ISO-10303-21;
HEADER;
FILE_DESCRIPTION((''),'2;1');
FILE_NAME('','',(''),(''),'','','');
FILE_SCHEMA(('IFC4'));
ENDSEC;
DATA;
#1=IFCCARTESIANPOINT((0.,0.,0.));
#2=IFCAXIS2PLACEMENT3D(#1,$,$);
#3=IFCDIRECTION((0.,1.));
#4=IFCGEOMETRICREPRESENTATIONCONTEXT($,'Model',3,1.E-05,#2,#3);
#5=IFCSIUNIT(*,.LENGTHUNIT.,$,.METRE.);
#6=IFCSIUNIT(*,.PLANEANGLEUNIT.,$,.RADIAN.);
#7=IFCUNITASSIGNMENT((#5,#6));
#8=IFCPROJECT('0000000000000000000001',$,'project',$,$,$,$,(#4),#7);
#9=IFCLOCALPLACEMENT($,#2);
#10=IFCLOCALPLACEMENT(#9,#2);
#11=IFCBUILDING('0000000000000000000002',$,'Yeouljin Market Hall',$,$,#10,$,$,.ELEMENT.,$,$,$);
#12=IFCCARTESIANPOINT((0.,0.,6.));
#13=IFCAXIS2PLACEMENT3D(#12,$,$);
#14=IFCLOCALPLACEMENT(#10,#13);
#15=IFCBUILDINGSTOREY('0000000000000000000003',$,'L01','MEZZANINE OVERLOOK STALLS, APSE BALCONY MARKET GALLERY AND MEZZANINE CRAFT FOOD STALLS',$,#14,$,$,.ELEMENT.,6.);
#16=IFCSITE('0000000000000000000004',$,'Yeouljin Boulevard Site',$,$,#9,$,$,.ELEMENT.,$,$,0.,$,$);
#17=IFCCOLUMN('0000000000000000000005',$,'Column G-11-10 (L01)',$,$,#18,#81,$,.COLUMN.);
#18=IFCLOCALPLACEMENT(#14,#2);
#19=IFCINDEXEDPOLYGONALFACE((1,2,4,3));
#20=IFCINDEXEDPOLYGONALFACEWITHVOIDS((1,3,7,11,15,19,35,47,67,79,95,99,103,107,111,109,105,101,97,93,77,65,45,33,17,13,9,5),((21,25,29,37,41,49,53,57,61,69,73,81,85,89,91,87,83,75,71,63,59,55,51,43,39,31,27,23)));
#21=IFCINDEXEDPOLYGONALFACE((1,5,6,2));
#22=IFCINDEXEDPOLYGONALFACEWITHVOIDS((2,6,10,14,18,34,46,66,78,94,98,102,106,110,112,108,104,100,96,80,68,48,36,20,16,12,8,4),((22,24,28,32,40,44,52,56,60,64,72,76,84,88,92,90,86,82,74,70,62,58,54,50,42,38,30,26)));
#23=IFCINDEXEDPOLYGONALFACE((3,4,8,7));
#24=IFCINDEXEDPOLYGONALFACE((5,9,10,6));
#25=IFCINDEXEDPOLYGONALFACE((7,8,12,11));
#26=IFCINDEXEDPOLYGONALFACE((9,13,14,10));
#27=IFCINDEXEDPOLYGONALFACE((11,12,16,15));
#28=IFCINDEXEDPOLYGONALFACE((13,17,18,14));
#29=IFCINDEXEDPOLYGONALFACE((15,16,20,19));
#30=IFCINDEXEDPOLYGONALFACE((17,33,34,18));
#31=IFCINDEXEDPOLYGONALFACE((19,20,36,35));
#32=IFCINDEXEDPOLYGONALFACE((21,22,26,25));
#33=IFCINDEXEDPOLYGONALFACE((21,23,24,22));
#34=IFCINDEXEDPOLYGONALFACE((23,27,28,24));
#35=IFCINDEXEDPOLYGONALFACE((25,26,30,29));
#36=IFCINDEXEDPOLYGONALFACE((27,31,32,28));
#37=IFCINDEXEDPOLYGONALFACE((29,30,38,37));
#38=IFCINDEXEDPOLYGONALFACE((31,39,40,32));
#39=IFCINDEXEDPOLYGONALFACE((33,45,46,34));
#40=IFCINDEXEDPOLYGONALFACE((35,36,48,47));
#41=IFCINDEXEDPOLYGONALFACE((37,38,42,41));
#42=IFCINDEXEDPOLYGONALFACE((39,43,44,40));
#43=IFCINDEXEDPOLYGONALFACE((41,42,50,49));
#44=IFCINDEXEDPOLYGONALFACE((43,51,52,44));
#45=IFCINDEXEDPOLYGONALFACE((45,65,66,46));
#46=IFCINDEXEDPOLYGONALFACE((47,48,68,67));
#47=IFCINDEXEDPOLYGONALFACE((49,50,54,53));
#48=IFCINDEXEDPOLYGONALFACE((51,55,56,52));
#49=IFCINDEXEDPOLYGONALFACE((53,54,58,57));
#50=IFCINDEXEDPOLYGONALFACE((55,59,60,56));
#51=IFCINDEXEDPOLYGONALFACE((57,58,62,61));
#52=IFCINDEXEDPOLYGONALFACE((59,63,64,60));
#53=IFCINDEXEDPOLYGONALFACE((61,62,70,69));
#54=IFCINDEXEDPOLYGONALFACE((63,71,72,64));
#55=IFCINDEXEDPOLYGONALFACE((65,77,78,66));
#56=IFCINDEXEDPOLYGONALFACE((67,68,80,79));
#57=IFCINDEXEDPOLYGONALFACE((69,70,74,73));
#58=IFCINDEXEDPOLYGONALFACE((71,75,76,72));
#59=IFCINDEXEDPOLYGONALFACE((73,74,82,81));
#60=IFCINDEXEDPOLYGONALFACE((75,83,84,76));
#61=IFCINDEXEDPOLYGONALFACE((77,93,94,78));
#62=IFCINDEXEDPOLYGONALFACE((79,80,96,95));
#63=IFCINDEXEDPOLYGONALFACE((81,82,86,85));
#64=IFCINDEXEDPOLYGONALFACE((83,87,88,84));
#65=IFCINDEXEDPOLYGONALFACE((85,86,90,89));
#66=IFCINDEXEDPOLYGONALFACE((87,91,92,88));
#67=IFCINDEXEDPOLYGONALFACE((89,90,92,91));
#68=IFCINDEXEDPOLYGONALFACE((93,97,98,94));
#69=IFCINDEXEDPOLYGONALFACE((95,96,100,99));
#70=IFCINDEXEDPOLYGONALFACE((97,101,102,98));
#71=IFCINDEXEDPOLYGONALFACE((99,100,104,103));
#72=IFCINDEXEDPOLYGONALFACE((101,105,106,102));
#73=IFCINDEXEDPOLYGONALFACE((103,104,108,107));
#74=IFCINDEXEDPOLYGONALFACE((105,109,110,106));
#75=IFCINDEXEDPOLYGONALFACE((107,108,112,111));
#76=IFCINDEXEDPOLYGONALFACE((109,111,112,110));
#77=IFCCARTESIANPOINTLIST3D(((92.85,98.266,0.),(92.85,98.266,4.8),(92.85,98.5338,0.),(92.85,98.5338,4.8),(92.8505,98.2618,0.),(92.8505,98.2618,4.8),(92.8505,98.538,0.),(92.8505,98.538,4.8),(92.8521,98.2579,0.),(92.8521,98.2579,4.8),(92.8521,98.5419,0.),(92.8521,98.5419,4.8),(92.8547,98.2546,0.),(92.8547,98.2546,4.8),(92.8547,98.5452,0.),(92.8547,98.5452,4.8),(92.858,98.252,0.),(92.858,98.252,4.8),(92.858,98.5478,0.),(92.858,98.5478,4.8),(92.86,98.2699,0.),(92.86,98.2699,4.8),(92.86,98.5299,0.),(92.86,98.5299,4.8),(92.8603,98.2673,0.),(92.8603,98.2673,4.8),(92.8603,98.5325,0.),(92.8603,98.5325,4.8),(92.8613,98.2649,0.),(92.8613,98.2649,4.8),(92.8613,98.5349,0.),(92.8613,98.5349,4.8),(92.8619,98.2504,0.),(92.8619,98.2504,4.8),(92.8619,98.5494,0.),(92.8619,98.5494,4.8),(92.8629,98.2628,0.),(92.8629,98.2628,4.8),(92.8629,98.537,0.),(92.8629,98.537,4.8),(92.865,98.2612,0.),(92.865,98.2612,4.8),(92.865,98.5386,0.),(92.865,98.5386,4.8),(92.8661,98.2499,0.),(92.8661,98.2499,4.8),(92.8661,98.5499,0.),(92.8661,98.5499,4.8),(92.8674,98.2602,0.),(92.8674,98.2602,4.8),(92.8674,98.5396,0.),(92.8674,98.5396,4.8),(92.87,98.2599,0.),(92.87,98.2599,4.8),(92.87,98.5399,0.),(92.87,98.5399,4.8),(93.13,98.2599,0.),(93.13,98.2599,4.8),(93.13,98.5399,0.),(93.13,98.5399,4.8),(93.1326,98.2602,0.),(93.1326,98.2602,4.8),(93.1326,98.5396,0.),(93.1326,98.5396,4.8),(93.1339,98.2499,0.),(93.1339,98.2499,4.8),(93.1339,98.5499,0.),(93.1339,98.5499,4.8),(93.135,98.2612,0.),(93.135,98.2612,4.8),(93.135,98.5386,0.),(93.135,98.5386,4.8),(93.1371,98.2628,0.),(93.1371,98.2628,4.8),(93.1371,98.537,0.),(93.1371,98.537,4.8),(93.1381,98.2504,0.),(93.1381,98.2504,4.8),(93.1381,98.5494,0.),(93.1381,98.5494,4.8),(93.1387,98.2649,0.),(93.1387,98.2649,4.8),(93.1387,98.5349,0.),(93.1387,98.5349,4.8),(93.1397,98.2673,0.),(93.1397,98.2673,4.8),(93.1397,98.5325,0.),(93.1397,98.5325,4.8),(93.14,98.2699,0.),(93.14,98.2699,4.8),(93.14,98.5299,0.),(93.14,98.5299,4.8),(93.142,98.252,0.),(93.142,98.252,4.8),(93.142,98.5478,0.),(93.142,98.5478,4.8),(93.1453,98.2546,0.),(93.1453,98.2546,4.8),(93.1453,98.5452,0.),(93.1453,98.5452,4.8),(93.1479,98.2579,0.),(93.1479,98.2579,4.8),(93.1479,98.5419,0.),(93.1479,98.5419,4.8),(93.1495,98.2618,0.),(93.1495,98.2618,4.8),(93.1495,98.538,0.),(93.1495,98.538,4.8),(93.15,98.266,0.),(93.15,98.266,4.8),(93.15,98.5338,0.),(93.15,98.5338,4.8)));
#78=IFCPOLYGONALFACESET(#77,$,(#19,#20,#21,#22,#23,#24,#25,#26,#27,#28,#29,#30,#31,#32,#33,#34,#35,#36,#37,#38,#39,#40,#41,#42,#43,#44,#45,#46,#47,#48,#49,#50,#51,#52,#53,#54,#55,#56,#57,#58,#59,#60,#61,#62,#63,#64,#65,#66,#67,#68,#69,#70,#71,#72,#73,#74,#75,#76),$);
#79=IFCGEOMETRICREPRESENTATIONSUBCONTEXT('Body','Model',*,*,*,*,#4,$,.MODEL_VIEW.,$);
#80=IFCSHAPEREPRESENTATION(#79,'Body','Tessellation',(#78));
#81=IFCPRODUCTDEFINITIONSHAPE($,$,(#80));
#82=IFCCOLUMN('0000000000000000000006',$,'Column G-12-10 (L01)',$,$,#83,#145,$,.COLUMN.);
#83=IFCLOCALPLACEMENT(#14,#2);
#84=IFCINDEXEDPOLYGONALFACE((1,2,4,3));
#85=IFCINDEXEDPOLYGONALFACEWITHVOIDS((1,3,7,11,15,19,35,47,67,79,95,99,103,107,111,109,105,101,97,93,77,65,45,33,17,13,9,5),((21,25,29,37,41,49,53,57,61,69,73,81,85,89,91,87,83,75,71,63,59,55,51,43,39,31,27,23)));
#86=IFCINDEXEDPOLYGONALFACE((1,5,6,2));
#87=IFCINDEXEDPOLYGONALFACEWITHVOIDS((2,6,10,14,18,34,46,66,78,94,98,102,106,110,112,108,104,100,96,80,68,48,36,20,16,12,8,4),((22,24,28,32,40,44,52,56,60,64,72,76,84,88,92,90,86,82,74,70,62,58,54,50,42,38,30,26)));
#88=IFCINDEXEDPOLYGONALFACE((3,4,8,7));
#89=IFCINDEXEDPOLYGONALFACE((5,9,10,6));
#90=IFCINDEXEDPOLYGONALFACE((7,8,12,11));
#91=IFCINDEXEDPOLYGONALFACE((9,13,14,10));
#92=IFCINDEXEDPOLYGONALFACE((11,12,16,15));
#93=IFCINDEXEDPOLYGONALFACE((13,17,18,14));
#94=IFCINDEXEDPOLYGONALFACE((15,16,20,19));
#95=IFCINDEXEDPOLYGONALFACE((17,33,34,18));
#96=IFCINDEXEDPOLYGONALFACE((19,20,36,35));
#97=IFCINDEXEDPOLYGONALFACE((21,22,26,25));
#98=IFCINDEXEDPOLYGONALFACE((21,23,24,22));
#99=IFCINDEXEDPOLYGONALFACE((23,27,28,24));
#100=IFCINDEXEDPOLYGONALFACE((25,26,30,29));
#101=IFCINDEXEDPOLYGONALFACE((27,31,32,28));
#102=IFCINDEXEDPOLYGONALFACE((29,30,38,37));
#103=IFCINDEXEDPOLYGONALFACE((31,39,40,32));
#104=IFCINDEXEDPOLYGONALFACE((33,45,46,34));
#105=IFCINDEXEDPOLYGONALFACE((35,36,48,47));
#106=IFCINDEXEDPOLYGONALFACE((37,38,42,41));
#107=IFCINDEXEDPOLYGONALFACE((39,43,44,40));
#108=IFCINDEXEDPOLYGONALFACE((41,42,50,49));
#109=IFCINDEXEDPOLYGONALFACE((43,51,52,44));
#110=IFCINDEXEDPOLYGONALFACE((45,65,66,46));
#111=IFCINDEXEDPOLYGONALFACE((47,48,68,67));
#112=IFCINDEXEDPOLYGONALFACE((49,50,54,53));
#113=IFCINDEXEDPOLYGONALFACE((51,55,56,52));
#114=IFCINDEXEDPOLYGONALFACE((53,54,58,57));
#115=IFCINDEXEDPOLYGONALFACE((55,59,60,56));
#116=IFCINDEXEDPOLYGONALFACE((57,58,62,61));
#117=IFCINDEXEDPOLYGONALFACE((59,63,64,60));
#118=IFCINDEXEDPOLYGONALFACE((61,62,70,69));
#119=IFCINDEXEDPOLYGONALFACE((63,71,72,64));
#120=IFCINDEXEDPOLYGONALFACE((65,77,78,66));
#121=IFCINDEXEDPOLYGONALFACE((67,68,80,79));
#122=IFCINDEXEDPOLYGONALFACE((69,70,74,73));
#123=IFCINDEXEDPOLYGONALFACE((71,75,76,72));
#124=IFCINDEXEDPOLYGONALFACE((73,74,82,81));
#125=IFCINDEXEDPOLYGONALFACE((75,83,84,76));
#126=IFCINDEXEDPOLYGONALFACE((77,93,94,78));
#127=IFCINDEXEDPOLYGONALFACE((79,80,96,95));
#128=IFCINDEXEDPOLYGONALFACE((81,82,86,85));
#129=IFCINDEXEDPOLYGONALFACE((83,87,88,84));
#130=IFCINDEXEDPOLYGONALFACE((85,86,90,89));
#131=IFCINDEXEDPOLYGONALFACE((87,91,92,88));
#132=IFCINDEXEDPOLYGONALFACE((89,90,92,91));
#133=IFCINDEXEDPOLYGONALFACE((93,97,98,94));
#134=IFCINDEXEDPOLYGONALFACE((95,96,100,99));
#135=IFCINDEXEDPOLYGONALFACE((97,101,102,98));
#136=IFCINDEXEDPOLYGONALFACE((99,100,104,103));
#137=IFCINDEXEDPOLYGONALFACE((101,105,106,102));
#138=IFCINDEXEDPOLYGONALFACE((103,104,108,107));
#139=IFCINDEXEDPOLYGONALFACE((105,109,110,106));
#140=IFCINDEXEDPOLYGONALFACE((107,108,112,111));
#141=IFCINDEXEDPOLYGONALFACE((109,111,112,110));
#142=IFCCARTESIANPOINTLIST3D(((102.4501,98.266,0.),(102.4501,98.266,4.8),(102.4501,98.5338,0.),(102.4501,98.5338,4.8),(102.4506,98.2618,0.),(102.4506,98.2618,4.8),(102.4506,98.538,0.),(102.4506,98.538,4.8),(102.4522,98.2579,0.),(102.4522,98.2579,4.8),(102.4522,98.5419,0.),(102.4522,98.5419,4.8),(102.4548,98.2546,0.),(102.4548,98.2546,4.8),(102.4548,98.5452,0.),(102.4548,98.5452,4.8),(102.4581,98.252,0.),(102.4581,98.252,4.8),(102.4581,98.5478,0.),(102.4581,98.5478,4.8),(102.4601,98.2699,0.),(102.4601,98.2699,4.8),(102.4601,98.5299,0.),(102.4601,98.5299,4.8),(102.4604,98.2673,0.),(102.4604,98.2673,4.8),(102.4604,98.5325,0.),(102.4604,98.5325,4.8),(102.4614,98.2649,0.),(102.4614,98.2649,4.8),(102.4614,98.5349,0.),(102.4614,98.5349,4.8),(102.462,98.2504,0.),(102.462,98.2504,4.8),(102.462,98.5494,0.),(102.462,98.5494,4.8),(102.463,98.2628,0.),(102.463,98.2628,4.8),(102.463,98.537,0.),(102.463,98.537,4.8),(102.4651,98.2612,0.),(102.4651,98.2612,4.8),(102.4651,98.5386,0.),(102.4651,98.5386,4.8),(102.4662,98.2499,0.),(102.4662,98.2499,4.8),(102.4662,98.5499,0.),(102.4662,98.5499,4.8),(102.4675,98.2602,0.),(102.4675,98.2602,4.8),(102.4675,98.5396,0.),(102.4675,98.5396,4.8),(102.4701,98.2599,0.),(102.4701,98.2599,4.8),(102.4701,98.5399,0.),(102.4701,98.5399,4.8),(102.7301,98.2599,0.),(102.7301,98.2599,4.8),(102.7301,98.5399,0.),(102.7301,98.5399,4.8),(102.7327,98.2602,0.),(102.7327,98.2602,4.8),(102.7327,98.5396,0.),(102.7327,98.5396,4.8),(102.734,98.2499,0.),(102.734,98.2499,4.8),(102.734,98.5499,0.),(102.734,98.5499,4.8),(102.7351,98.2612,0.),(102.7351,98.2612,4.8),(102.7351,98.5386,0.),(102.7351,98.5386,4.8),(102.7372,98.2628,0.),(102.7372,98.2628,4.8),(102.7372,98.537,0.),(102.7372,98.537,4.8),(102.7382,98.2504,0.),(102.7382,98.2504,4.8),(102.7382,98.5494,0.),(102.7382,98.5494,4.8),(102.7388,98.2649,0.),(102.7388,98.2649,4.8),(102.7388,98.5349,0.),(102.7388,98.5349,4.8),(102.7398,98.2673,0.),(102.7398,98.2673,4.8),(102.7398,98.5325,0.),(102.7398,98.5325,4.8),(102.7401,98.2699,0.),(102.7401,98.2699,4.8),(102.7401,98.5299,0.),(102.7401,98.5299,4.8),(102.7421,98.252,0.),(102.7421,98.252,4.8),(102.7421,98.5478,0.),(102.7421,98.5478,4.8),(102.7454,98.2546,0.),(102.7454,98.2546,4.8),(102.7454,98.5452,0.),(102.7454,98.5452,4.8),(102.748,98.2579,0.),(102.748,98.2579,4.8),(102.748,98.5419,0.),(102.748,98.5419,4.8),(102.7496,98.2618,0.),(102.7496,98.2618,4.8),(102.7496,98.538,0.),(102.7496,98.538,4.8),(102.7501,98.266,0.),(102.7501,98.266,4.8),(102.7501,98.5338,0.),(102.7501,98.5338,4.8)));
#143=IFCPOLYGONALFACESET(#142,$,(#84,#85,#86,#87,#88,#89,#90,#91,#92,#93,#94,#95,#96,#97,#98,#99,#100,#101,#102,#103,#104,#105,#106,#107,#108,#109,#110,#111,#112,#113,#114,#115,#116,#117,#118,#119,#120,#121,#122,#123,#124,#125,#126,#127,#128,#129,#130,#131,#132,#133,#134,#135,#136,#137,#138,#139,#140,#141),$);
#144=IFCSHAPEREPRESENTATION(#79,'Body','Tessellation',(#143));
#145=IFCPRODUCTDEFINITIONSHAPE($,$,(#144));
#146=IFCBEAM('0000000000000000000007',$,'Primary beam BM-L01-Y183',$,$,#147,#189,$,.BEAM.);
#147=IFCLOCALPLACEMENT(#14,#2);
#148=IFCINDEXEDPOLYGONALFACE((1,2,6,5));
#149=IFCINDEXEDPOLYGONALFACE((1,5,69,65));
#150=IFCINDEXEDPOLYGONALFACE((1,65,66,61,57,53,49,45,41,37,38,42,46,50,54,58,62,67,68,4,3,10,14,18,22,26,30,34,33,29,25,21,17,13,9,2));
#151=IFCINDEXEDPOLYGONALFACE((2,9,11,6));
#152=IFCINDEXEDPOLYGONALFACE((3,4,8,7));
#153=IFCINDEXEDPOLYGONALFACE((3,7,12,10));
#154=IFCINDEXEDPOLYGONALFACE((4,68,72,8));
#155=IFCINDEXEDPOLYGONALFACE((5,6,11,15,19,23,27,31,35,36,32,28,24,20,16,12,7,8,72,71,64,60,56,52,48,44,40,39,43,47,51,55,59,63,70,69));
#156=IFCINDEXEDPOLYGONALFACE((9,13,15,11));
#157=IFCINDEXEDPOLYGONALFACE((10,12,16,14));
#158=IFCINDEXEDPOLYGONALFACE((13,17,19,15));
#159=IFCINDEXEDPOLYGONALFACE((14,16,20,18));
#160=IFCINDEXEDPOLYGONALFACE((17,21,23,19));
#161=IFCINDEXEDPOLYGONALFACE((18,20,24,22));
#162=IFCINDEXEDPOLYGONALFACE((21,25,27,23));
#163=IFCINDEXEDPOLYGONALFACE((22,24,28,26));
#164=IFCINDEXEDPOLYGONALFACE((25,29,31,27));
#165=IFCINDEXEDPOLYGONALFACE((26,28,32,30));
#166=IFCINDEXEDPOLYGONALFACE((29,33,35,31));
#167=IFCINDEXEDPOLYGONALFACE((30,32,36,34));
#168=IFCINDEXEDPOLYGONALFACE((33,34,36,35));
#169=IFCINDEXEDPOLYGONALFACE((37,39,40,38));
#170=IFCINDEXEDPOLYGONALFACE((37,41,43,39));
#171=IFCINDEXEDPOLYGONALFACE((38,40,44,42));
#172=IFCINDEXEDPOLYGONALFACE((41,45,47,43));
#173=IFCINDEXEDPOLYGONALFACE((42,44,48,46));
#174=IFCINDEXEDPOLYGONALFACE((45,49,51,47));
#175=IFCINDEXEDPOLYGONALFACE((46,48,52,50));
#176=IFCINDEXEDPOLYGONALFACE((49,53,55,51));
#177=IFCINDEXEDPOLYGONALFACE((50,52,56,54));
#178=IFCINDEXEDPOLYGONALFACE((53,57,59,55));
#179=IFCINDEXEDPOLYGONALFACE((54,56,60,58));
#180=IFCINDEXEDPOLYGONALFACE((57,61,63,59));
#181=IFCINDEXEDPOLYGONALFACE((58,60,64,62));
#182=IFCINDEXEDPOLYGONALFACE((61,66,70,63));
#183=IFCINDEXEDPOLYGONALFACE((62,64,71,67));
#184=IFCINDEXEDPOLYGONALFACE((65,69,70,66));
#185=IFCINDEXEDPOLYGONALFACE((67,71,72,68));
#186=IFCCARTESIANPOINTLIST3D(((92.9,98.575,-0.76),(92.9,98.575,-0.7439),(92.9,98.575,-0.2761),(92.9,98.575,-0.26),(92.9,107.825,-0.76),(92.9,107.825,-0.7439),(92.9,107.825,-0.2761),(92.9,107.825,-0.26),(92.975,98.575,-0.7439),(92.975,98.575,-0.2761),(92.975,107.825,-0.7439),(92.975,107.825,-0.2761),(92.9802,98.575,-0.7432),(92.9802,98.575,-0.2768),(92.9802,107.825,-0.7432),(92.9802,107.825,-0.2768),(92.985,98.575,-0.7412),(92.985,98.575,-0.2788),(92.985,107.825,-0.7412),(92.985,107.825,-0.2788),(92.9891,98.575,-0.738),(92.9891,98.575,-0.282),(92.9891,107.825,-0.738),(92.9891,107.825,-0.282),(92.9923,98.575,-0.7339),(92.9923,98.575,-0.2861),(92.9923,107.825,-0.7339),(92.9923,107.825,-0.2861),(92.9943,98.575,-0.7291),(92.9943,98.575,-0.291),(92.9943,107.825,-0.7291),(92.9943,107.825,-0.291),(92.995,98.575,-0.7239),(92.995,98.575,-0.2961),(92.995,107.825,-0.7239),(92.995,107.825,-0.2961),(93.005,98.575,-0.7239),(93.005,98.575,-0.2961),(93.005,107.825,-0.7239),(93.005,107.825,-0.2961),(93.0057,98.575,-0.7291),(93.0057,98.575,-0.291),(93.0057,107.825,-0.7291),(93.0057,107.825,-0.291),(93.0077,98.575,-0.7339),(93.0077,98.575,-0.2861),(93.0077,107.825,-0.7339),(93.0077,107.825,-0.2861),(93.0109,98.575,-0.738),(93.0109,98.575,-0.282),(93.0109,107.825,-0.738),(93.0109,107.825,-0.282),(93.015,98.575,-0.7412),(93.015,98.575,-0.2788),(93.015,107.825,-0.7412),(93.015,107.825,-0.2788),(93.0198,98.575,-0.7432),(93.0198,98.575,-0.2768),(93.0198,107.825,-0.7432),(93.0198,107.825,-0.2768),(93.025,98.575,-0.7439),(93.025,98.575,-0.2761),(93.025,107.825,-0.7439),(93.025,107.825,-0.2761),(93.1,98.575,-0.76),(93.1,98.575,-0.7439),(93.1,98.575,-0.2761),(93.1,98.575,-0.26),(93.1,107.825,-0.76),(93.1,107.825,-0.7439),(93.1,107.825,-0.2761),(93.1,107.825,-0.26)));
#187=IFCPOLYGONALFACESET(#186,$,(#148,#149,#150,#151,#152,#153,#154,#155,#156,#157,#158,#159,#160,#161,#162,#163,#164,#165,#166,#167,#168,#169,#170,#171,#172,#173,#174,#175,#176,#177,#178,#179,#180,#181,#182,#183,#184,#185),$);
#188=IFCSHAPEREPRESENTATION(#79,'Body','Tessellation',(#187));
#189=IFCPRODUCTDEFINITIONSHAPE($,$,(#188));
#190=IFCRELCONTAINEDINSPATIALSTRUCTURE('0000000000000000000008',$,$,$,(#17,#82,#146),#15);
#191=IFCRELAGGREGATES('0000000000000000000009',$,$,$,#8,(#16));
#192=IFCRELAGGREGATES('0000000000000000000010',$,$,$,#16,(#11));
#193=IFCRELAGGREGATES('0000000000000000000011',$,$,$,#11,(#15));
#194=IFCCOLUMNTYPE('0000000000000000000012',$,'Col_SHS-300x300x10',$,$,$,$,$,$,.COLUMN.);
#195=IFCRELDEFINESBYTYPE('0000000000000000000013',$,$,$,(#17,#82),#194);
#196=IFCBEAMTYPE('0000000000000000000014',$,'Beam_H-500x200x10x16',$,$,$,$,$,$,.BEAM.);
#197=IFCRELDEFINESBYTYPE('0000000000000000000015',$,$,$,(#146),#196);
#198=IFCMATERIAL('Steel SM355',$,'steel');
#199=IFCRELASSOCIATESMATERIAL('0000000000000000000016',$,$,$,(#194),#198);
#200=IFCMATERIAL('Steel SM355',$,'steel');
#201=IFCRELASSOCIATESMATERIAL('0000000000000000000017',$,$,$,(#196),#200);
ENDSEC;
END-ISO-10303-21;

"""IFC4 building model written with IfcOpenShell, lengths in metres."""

from ifc_helpers import new_model, si_unit, direction, frame, origin, origin_2d, place, context, subcontext, project, spatial, hollow_rectangle, i_section, extrude, material, material_profile, profile_set, type_object, element, save


model = new_model("IFC4")

# Units and contexts
model_context = context("Model", 3, precision=1e-05, world=origin(), true_north=direction((0.0, 1.0)))
body_context = subcontext(model_context, "Body", "Model", "MODEL_VIEW")
ifc_project = project(units=[si_unit("LENGTHUNIT", "METRE"), si_unit("PLANEANGLEUNIT", "RADIAN")], contexts=[model_context])

# Site, building, storey
site_placement = place(None, origin())
site = spatial("IfcSite", under=ifc_project, at=site_placement, Name="Yeouljin Boulevard Site", CompositionType="ELEMENT", RefElevation=0.0)
building_placement = place(site_placement, origin())
building = spatial("IfcBuilding", under=site, at=building_placement, Name="Yeouljin Market Hall", CompositionType="ELEMENT")
storey_placement = place(building_placement, frame((0.0, 0.0, 6.0)))
storey = spatial("IfcBuildingStorey", under=building, at=storey_placement, Name="L01", Description="MEZZANINE OVERLOOK STALLS, APSE BALCONY MARKET GALLERY AND MEZZANINE CRAFT FOOD STALLS", CompositionType="ELEMENT", Elevation=6.0)

# Columns
ifc_material_1 = material(Name="Steel SM355", Category="steel")
ifc_material_profile_1 = material_profile(ifc_material_1, hollow_rectangle(XDim=0.3, YDim=0.3, WallThickness=0.01, InnerFilletRadius=0.01, OuterFilletRadius=0.0161, at=origin_2d()), Name="SHS-300x300x10")
ifc_profile_set_1 = profile_set([ifc_material_profile_1], Name="Steel SM355")
column_type = type_object("IfcColumnType", Name="Col_SHS-300x300x10", PredefinedType="COLUMN", material=ifc_profile_set_1)
for number, where, z_axis, x_axis, name in (
    (1, (93.0, 98.3999, 0.0), (0.0, 0.0, 1.0), (1.0, 0.0, 0.0), "Column G-11-10 (L01)"),
    (2, (102.6001, 98.3999, 0.0), (0.0, 0.0, 1.0), (1.0, 0.0, 0.0), "Column G-12-10 (L01)"),
):
    element("IfcColumn", number, at=place(storey_placement, frame(where, z_axis=z_axis, x_axis=x_axis)), inside=storey, type_object=column_type, Name=name, PredefinedType="COLUMN", context=body_context, shape_type="SweptSolid", body=[
        extrude(hollow_rectangle(XDim=0.3, YDim=0.3, WallThickness=0.01, InnerFilletRadius=0.01, OuterFilletRadius=0.0161, at=origin_2d()), origin(), (0.0, 0.0, 1.0), 4.8),
    ])

# Beam
ifc_material_2 = material(Name="Steel SM355", Category="steel")
ifc_material_profile_2 = material_profile(ifc_material_2, i_section(OverallWidth=0.2, OverallDepth=0.5, WebThickness=0.01, FlangeThickness=0.0161, FilletRadius=0.02, at=origin_2d()), Name="H-500x200x10x16")
ifc_profile_set_2 = profile_set([ifc_material_profile_2], Name="Steel SM355")
beam_type_1 = type_object("IfcBeamType", Name="Beam_H-500x200x10x16", PredefinedType="BEAM", material=ifc_profile_set_2)
for number, where, z_axis, x_axis, name in (
    (3, (93.0, 98.575, -0.51), (0.0, 1.0, 0.0), (-1.0, 0.0, 0.0), "Primary beam BM-L01-Y183"),
):
    element("IfcBeam", number, at=place(storey_placement, frame(where, z_axis=z_axis, x_axis=x_axis)), inside=storey, type_object=beam_type_1, Name=name, PredefinedType="BEAM", context=body_context, shape_type="SweptSolid", body=[
        extrude(i_section(OverallWidth=0.2, OverallDepth=0.5, WebThickness=0.01, FlangeThickness=0.0161, FilletRadius=0.02, at=origin_2d()), origin(), (0.0, 0.0, 1.0), 9.25),
    ])

save(model, "model.ifc")
